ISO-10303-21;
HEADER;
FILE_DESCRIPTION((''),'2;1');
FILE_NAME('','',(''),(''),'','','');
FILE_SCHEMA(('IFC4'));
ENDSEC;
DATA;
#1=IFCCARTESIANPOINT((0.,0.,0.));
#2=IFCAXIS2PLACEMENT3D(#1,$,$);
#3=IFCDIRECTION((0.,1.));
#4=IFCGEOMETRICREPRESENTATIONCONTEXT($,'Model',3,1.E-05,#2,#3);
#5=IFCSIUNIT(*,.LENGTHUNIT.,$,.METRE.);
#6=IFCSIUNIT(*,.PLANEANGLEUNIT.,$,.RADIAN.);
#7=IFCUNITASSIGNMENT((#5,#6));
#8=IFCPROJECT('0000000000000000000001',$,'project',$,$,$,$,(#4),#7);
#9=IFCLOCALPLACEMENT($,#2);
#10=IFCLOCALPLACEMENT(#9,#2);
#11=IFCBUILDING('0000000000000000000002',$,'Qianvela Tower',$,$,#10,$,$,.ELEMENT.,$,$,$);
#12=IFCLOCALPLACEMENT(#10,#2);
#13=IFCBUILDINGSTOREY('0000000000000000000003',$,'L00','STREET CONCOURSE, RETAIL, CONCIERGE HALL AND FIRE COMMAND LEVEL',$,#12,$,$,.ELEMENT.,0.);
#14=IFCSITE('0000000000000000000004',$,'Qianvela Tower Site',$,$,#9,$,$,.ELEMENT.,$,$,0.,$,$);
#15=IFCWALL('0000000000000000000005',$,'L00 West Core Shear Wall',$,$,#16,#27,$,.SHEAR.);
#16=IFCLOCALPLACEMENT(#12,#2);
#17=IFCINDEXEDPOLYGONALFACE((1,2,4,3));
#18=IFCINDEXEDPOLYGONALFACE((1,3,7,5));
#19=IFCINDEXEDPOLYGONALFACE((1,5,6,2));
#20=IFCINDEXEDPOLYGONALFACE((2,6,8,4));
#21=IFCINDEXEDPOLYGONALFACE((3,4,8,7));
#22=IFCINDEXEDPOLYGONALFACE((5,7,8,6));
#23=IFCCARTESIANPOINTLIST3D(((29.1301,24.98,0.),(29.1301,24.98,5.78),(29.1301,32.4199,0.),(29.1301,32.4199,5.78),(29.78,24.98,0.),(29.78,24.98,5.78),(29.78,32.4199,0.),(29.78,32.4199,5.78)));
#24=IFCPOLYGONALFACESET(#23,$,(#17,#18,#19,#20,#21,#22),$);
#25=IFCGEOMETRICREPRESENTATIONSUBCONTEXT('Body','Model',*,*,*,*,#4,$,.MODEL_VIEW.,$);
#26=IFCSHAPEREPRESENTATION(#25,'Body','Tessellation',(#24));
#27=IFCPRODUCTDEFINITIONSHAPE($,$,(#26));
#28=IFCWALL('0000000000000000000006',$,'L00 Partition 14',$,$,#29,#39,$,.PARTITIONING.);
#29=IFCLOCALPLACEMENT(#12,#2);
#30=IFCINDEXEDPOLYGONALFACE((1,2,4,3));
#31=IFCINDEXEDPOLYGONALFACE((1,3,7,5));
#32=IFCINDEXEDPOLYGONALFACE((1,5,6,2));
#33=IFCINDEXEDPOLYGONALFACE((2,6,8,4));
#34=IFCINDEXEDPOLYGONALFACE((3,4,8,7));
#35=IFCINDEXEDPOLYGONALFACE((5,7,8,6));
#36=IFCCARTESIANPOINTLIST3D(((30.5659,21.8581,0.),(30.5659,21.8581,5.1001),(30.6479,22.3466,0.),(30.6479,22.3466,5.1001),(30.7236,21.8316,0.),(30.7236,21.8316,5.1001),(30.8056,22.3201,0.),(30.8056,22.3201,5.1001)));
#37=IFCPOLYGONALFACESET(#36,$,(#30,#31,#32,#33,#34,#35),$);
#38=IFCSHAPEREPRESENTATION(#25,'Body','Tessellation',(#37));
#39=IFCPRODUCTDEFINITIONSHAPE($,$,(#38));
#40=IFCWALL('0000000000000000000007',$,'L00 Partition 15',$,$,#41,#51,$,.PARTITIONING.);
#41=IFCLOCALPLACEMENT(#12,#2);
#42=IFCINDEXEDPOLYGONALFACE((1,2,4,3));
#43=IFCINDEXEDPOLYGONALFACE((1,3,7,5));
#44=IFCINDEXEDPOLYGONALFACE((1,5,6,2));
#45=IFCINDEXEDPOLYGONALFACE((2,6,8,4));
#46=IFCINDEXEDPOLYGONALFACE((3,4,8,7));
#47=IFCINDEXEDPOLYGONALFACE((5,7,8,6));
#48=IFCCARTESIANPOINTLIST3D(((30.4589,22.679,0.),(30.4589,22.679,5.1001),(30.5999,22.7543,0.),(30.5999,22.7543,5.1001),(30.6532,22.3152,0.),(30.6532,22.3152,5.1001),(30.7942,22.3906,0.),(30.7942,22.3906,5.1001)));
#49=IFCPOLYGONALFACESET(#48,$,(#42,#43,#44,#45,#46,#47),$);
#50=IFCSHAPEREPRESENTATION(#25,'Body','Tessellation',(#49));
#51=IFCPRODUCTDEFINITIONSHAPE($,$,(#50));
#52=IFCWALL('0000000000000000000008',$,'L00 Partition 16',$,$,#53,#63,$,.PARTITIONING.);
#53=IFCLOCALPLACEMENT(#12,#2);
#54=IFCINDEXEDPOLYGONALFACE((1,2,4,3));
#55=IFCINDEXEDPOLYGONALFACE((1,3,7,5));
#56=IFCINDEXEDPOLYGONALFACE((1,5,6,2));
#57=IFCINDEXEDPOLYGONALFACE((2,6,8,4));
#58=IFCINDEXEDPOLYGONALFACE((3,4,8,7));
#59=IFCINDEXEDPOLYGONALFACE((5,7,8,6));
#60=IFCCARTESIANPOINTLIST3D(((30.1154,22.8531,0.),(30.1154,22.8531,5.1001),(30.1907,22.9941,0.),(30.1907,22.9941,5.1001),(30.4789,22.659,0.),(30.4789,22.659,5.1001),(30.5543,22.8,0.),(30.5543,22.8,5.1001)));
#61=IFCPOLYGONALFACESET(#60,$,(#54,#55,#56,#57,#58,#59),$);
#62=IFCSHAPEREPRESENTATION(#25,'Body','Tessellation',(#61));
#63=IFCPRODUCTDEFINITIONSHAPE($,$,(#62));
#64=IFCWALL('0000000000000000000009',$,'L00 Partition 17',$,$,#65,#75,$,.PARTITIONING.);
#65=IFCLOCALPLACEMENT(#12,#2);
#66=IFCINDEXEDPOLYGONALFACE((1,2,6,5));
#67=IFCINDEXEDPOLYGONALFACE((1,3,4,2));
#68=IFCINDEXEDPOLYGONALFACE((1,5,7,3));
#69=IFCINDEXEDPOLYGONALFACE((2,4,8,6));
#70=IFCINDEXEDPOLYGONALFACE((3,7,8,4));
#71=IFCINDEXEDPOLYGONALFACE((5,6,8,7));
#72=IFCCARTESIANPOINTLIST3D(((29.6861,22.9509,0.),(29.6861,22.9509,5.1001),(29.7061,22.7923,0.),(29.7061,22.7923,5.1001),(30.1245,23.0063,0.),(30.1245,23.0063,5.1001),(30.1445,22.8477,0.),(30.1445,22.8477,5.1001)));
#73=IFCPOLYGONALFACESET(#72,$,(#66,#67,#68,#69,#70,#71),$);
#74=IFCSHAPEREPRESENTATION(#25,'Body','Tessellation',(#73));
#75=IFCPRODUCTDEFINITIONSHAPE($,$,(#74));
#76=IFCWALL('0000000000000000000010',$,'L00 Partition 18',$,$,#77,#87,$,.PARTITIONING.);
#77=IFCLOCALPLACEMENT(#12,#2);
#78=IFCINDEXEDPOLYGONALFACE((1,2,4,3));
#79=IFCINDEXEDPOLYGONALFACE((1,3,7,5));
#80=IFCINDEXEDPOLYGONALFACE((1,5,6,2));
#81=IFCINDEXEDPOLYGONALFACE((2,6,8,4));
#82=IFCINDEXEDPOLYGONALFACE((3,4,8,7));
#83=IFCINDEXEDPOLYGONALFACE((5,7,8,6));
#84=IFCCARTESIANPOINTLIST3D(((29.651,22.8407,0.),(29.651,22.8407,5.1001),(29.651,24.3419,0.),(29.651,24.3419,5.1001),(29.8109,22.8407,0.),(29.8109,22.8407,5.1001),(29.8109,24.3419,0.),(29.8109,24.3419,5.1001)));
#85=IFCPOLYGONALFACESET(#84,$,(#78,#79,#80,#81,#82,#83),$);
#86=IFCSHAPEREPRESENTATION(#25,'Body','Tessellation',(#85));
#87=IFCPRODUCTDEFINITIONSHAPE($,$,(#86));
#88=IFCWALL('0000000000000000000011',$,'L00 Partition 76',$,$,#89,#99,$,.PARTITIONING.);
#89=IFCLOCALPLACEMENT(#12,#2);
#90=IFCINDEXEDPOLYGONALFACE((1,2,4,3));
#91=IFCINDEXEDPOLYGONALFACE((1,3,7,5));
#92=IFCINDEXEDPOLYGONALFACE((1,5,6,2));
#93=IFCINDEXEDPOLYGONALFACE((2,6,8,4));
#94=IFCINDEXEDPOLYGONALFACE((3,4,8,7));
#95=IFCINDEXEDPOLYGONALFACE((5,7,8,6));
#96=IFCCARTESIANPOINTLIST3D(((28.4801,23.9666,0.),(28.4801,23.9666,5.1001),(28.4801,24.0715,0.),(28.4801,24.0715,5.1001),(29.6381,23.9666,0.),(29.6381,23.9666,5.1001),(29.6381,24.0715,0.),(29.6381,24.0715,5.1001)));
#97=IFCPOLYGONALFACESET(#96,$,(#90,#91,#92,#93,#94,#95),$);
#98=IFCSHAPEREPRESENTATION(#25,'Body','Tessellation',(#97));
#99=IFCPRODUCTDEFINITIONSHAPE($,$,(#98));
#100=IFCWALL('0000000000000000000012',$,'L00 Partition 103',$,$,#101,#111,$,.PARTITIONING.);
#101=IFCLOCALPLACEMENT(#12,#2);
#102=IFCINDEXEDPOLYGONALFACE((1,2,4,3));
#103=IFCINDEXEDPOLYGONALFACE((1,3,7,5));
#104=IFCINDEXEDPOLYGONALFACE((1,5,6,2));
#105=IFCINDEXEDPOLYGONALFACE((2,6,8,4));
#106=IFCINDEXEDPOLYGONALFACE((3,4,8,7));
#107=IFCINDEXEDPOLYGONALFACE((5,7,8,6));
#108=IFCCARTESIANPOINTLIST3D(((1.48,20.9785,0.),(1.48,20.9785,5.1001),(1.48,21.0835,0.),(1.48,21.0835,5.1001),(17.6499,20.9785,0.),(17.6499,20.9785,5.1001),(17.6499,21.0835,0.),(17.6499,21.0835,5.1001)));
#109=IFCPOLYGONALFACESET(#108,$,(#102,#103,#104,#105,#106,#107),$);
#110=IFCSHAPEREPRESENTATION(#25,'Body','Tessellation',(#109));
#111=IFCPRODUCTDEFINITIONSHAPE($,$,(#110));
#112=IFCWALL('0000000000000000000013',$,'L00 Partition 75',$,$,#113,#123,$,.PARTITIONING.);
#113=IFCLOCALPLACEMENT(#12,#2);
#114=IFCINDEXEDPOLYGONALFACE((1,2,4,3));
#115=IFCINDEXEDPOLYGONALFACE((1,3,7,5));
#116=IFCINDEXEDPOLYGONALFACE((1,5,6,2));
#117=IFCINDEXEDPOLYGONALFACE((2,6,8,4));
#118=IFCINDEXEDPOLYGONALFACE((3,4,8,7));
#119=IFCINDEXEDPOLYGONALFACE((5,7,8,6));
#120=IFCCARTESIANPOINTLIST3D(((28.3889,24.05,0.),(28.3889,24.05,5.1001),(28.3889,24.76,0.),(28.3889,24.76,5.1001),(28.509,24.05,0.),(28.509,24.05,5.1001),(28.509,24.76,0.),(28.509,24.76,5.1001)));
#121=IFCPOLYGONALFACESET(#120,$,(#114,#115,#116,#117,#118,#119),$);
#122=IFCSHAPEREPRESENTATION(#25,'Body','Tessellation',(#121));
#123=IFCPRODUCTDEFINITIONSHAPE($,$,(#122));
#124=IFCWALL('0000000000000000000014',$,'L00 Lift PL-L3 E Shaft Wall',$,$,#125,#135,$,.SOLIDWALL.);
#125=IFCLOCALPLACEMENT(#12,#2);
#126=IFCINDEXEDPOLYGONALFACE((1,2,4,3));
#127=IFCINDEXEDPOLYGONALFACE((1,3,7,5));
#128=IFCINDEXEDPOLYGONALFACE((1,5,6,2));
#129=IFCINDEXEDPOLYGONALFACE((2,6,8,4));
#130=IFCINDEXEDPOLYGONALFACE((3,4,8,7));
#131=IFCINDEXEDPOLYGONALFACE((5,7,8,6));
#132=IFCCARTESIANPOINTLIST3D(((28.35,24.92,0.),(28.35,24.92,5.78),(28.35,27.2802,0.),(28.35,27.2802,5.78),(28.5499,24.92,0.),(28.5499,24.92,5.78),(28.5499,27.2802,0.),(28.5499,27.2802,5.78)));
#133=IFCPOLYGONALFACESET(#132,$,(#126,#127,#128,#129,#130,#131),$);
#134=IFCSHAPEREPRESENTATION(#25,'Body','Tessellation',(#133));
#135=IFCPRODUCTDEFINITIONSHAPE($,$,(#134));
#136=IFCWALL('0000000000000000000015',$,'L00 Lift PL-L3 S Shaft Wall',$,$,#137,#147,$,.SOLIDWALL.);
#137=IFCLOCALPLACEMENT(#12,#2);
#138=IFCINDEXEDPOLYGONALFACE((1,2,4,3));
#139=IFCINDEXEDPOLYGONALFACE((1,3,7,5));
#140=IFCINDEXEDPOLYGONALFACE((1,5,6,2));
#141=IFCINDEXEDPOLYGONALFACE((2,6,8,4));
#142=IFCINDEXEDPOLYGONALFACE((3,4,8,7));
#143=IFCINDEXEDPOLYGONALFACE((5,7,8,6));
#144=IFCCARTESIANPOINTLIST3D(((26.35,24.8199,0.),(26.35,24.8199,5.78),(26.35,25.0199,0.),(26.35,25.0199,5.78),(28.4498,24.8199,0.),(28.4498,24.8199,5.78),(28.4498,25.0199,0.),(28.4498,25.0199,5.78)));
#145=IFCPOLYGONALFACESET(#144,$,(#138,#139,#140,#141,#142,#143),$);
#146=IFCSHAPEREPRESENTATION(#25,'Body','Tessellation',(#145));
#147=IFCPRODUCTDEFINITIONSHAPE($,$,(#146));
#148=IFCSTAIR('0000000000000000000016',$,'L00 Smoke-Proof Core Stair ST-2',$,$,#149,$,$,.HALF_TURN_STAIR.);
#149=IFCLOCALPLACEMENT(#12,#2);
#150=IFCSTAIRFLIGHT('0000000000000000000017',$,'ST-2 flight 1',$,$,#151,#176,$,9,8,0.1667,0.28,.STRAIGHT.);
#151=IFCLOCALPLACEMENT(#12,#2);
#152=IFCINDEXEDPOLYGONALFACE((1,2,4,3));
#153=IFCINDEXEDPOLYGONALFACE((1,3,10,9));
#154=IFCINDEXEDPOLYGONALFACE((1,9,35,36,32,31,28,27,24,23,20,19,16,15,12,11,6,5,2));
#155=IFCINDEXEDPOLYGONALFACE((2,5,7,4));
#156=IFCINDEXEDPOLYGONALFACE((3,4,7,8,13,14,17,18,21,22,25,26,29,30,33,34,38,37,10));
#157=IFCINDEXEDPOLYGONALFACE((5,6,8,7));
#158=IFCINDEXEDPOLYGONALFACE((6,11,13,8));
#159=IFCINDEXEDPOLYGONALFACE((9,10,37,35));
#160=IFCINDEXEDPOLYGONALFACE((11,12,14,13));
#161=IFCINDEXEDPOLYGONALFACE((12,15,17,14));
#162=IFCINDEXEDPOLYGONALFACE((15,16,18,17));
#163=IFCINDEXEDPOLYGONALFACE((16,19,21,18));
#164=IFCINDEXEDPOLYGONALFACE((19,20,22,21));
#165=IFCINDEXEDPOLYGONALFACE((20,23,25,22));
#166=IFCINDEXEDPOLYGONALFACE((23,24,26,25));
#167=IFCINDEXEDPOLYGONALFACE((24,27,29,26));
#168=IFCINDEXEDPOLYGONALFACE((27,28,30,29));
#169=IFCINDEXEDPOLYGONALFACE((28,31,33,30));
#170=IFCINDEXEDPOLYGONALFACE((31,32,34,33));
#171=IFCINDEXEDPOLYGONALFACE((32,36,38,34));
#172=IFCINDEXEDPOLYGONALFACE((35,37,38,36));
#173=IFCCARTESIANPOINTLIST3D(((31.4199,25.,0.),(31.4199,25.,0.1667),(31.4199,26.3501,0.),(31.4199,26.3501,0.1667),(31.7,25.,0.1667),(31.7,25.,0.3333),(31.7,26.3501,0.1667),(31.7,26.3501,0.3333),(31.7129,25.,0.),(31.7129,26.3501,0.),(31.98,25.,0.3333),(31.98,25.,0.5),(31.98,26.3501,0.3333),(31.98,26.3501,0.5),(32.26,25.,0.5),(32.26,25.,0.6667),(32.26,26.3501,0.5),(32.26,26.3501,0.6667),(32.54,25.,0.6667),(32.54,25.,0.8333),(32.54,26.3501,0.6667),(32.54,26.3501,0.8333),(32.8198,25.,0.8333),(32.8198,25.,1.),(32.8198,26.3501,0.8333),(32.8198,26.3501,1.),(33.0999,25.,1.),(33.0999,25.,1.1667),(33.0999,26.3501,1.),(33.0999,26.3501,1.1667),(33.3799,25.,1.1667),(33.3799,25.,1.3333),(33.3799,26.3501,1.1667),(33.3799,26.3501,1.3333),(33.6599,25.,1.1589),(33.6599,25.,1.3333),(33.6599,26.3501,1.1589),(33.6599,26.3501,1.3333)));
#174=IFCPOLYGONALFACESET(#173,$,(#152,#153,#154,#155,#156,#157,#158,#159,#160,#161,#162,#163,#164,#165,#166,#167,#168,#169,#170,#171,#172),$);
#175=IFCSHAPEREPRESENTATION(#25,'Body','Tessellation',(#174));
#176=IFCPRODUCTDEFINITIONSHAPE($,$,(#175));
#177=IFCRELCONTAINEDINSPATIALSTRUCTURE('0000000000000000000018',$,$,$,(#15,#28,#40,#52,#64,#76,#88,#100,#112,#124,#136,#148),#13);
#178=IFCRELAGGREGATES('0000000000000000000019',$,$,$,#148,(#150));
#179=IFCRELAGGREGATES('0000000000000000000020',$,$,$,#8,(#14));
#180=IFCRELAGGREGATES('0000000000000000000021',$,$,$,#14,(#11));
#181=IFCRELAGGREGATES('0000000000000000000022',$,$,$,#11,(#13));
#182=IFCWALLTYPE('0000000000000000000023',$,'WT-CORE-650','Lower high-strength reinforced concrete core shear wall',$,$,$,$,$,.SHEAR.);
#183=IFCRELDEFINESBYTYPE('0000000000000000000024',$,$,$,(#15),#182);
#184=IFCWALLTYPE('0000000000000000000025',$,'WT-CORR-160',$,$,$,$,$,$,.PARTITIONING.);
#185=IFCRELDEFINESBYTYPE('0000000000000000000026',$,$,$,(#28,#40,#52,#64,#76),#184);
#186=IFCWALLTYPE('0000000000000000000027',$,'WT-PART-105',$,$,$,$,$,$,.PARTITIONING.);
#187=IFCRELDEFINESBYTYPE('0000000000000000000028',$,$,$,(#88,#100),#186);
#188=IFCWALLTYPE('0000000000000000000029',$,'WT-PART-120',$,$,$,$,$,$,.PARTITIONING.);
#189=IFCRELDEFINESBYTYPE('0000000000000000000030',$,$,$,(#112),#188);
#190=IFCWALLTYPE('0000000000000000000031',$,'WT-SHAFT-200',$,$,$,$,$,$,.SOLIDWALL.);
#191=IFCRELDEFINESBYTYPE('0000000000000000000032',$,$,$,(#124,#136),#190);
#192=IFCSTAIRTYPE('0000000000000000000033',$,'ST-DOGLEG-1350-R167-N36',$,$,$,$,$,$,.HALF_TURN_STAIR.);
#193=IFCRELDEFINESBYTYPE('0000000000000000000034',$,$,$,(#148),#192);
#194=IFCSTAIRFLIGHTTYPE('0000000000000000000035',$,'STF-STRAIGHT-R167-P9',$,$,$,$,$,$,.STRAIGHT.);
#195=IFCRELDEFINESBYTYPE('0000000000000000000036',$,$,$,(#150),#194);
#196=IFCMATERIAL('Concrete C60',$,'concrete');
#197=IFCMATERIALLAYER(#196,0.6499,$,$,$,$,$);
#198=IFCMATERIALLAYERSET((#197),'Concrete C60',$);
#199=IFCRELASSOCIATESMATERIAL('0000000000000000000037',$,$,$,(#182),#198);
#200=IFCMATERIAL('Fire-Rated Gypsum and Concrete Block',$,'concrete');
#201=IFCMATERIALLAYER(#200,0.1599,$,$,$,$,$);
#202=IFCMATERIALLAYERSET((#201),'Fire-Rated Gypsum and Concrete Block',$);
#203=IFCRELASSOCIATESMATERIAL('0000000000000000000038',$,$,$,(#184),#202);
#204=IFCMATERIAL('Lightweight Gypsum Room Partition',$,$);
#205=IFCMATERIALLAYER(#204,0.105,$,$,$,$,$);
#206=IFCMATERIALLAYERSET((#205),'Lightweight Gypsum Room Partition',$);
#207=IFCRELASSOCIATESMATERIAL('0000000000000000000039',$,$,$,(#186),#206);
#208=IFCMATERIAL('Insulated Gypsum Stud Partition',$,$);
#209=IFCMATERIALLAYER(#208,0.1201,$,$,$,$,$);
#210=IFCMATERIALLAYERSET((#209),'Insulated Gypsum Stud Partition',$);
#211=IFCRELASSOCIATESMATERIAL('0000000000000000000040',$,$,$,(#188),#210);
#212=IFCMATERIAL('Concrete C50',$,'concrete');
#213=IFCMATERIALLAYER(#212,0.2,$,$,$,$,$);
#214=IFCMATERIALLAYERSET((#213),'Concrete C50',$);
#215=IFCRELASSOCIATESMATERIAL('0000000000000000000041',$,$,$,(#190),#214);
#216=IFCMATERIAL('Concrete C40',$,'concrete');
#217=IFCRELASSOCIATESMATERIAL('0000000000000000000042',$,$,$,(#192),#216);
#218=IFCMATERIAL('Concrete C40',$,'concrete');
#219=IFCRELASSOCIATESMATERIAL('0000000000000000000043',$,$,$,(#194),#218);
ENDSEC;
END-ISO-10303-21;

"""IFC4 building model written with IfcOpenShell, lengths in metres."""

from ifc_helpers import new_model, si_unit, direction, frame, frame_2d, origin, place, context, subcontext, project, spatial, polyline, rectangle, outline, extrude, material, layer, layer_set, type_object, element, aggregate, save


model = new_model("IFC4")

# Units and contexts
model_context = context("Model", 3, precision=1e-05, world=origin(), true_north=direction((0.0, 1.0)))
body_context = subcontext(model_context, "Body", "Model", "MODEL_VIEW")
ifc_project = project(units=[si_unit("LENGTHUNIT", "METRE"), si_unit("PLANEANGLEUNIT", "RADIAN")], contexts=[model_context])

# Site, building, storey
site_placement = place(None, origin())
site = spatial("IfcSite", under=ifc_project, at=site_placement, Name="Qianvela Tower Site", CompositionType="ELEMENT", RefElevation=0.0)
building_placement = place(site_placement, origin())
building = spatial("IfcBuilding", under=site, at=building_placement, Name="Qianvela Tower", CompositionType="ELEMENT")
storey_placement = place(building_placement, origin())
storey = spatial("IfcBuildingStorey", under=building, at=storey_placement, Name="L00", Description="STREET CONCOURSE, RETAIL, CONCIERGE HALL AND FIRE COMMAND LEVEL", CompositionType="ELEMENT", Elevation=0.0)

# Shared definitions
ifc_material_1 = material(Name="Concrete C60", Category="concrete")
ifc_layer_1 = layer(ifc_material_1, 0.6499)
ifc_layer_set_1 = layer_set([ifc_layer_1], Name="Concrete C60")
wall_type_1 = type_object("IfcWallType", Name="WT-CORE-650", Description="Lower high-strength reinforced concrete core shear wall", PredefinedType="SHEAR", material=ifc_layer_set_1)

# Walls
wall_1_placement = place(storey_placement, frame((29.4551, 24.98, 0.0), z_axis=(0.0, 0.0, 1.0), x_axis=(0.0, 1.0, 0.0)))
element("IfcWall", 1, at=wall_1_placement, inside=storey, type_object=wall_type_1, Name="L00 West Core Shear Wall", PredefinedType="SHEAR", context=body_context, shape_type="SweptSolid", body=[
    extrude(rectangle(XDim=7.4399, YDim=0.6499, at=frame_2d((3.72, 0.0))), origin(), (0.0, 0.0, 1.0), 5.78),
])
ifc_material_2 = material(Name="Fire-Rated Gypsum and Concrete Block", Category="concrete")
ifc_layer_2 = layer(ifc_material_2, 0.1599)
ifc_layer_set_2 = layer_set([ifc_layer_2], Name="Fire-Rated Gypsum and Concrete Block")
wall_type_2 = type_object("IfcWallType", Name="WT-CORR-160", PredefinedType="PARTITIONING", material=ifc_layer_set_2)
wall_2_placement = place(storey_placement, frame((30.6448, 21.845, 0.0), z_axis=(0.0, 0.0, 1.0), x_axis=(0.165598, 0.986193, 0.0)))
element("IfcWall", 2, at=wall_2_placement, inside=storey, type_object=wall_type_2, Name="L00 Partition 14", PredefinedType="PARTITIONING", context=body_context, shape_type="SweptSolid", body=[
    extrude(rectangle(XDim=0.4954, YDim=0.1599, at=frame_2d((0.2476, 0.0))), origin(), (0.0, 0.0, 1.0), 5.1001),
])
wall_3_placement = place(storey_placement, frame((30.7236, 22.353, 0.0), z_axis=(0.0, 0.0, 1.0), x_axis=(-0.471203, 0.882025, 0.0)))
element("IfcWall", 3, at=wall_3_placement, inside=storey, type_object=wall_type_2, Name="L00 Partition 15", PredefinedType="PARTITIONING", context=body_context, shape_type="SweptSolid", body=[
    extrude(rectangle(XDim=0.4124, YDim=0.1599, at=frame_2d((0.2061, 0.0))), origin(), (0.0, 0.0, 1.0), 5.1001),
])
wall_4_placement = place(storey_placement, frame((30.5166, 22.7295, 0.0), z_axis=(0.0, 0.0, 1.0), x_axis=(-0.88214, 0.470988, 0.0)))
element("IfcWall", 4, at=wall_4_placement, inside=storey, type_object=wall_type_2, Name="L00 Partition 16", PredefinedType="PARTITIONING", context=body_context, shape_type="SweptSolid", body=[
    extrude(rectangle(XDim=0.4121, YDim=0.1599, at=frame_2d((0.2061, 0.0))), origin(), (0.0, 0.0, 1.0), 5.1001),
])
wall_5_placement = place(storey_placement, frame((30.1345, 22.927, 0.0), z_axis=(0.0, 0.0, 1.0), x_axis=(-0.992107, -0.125394, 0.0)))
element("IfcWall", 5, at=wall_5_placement, inside=storey, type_object=wall_type_2, Name="L00 Partition 17", PredefinedType="PARTITIONING", context=body_context, shape_type="SweptSolid", body=[
    extrude(rectangle(XDim=0.4419, YDim=0.1599, at=frame_2d((0.2209, 0.0))), origin(), (0.0, 0.0, 1.0), 5.1001),
])
wall_6_placement = place(storey_placement, frame((29.731, 22.8408, 0.0), z_axis=(0.0, 0.0, 1.0), x_axis=(0.0, 1.0, 0.0)))
element("IfcWall", 6, at=wall_6_placement, inside=storey, type_object=wall_type_2, Name="L00 Partition 18", PredefinedType="PARTITIONING", context=body_context, shape_type="SweptSolid", body=[
    extrude(rectangle(XDim=1.5012, YDim=0.1599, at=frame_2d((0.7505, 0.0))), origin(), (0.0, 0.0, 1.0), 5.1001),
])
ifc_material_3 = material(Name="Lightweight Gypsum Room Partition")
ifc_layer_3 = layer(ifc_material_3, 0.105)
ifc_layer_set_3 = layer_set([ifc_layer_3], Name="Lightweight Gypsum Room Partition")
wall_type_3 = type_object("IfcWallType", Name="WT-PART-105", PredefinedType="PARTITIONING", material=ifc_layer_set_3)
wall_7_placement = place(storey_placement, frame((28.48, 24.019, 0.0), z_axis=(0.0, 0.0, 1.0), x_axis=(1.0, 0.0, 0.0)))
element("IfcWall", 7, at=wall_7_placement, inside=storey, type_object=wall_type_3, Name="L00 Partition 76", PredefinedType="PARTITIONING", context=body_context, shape_type="SweptSolid", body=[
    extrude(rectangle(XDim=1.158, YDim=0.105, at=frame_2d((0.5791, 0.0))), origin(), (0.0, 0.0, 1.0), 5.1001),
])
wall_8_placement = place(storey_placement, frame((17.6499, 21.031, 0.0), z_axis=(0.0, 0.0, 1.0), x_axis=(-1.0, 0.0, 0.0)))
element("IfcWall", 8, at=wall_8_placement, inside=storey, type_object=wall_type_3, Name="L00 Partition 103", PredefinedType="PARTITIONING", context=body_context, shape_type="SweptSolid", body=[
    extrude(rectangle(XDim=16.1699, YDim=0.105, at=frame_2d((8.085, 0.0))), origin(), (0.0, 0.0, 1.0), 5.1001),
])
ifc_material_4 = material(Name="Insulated Gypsum Stud Partition")
ifc_layer_4 = layer(ifc_material_4, 0.1201)
ifc_layer_set_4 = layer_set([ifc_layer_4], Name="Insulated Gypsum Stud Partition")
wall_type_4 = type_object("IfcWallType", Name="WT-PART-120", PredefinedType="PARTITIONING", material=ifc_layer_set_4)
wall_9_placement = place(storey_placement, frame((28.449, 24.76, 0.0), z_axis=(0.0, 0.0, 1.0), x_axis=(0.0, -1.0, 0.0)))
element("IfcWall", 9, at=wall_9_placement, inside=storey, type_object=wall_type_4, Name="L00 Partition 75", PredefinedType="PARTITIONING", context=body_context, shape_type="SweptSolid", body=[
    extrude(rectangle(XDim=0.71, YDim=0.1201, at=frame_2d((0.355, 0.0))), origin(), (0.0, 0.0, 1.0), 5.1001),
])
ifc_material_5 = material(Name="Concrete C50", Category="concrete")
ifc_layer_5 = layer(ifc_material_5, 0.2)
ifc_layer_set_5 = layer_set([ifc_layer_5], Name="Concrete C50")
wall_type_5 = type_object("IfcWallType", Name="WT-SHAFT-200", PredefinedType="SOLIDWALL", material=ifc_layer_set_5)
wall_10_placement = place(storey_placement, frame((28.45, 24.9199, 0.0), z_axis=(0.0, 0.0, 1.0), x_axis=(0.0, 1.0, 0.0)))
element("IfcWall", 10, at=wall_10_placement, inside=storey, type_object=wall_type_5, Name="L00 Lift PL-L3 E Shaft Wall", PredefinedType="SOLIDWALL", context=body_context, shape_type="SweptSolid", body=[
    extrude(rectangle(XDim=2.3601, YDim=0.2, at=frame_2d((1.1802, 0.0))), origin(), (0.0, 0.0, 1.0), 5.78),
])

# Wall
wall_11_placement = place(storey_placement, frame((26.3501, 24.9199, 0.0), z_axis=(0.0, 0.0, 1.0), x_axis=(1.0, 0.0, 0.0)))
element("IfcWall", 11, at=wall_11_placement, inside=storey, type_object=wall_type_5, Name="L00 Lift PL-L3 S Shaft Wall", PredefinedType="SOLIDWALL", context=body_context, shape_type="SweptSolid", body=[
    extrude(rectangle(XDim=2.0999, YDim=0.2, at=frame_2d((1.0498, 0.0))), origin(), (0.0, 0.0, 1.0), 5.78),
])

# Stair, stair flight
ifc_material_6 = material(Name="Concrete C40", Category="concrete")
stair_type = type_object("IfcStairType", Name="ST-DOGLEG-1350-R167-N36", PredefinedType="HALF_TURN_STAIR", material=ifc_material_6)
stair_placement = place(storey_placement, origin())
stair = element("IfcStair", 12, at=stair_placement, inside=storey, type_object=stair_type, Name="L00 Smoke-Proof Core Stair ST-2", PredefinedType="HALF_TURN_STAIR")
ifc_material_7 = material(Name="Concrete C40", Category="concrete")
stair_flight_type = type_object("IfcStairFlightType", Name="STF-STRAIGHT-R167-P9", PredefinedType="STRAIGHT", material=ifc_material_7)
stair_flight_1_placement = place(storey_placement, frame((31.4199, 25.675, 0.0), z_axis=(0.0, 0.0, 1.0), x_axis=(1.0, 0.0, 0.0)))
stair_flight_1 = element("IfcStairFlight", 13, at=stair_flight_1_placement, type_object=stair_flight_type, Name="ST-2 flight 1", NumberOfRisers=9, NumberOfTreads=8, PredefinedType="STRAIGHT", RiserHeight=0.1667, TreadLength=0.28, context=body_context, shape_type="SweptSolid", body=[
    extrude(outline(polyline([(0.0, 0.0), (0.0, 0.1667), (0.28, 0.1667), (0.28, 0.3333), (0.5601, 0.3333), (0.5601, 0.5), (0.8401, 0.5), (0.8401, 0.6667), (1.1201, 0.6667), (1.1201, 0.8333), (1.3999, 0.8333), (1.3999, 1.0), (1.6799, 1.0), (1.6799, 1.1667), (1.96, 1.1667), (1.96, 1.3333), (2.24, 1.3333), (2.24, 1.5), (2.24, 1.1589), (0.293, 0.0), (0.0, 0.0)])), frame((0.0, 0.675, 0.0), z_axis=(0.0, -1.0, 0.0), x_axis=(1.0, 0.0, 0.0)), (0.0, 0.0, 1.0), 1.3501),
])
aggregate(stair, [stair_flight_1])

save(model, "model.ifc")
